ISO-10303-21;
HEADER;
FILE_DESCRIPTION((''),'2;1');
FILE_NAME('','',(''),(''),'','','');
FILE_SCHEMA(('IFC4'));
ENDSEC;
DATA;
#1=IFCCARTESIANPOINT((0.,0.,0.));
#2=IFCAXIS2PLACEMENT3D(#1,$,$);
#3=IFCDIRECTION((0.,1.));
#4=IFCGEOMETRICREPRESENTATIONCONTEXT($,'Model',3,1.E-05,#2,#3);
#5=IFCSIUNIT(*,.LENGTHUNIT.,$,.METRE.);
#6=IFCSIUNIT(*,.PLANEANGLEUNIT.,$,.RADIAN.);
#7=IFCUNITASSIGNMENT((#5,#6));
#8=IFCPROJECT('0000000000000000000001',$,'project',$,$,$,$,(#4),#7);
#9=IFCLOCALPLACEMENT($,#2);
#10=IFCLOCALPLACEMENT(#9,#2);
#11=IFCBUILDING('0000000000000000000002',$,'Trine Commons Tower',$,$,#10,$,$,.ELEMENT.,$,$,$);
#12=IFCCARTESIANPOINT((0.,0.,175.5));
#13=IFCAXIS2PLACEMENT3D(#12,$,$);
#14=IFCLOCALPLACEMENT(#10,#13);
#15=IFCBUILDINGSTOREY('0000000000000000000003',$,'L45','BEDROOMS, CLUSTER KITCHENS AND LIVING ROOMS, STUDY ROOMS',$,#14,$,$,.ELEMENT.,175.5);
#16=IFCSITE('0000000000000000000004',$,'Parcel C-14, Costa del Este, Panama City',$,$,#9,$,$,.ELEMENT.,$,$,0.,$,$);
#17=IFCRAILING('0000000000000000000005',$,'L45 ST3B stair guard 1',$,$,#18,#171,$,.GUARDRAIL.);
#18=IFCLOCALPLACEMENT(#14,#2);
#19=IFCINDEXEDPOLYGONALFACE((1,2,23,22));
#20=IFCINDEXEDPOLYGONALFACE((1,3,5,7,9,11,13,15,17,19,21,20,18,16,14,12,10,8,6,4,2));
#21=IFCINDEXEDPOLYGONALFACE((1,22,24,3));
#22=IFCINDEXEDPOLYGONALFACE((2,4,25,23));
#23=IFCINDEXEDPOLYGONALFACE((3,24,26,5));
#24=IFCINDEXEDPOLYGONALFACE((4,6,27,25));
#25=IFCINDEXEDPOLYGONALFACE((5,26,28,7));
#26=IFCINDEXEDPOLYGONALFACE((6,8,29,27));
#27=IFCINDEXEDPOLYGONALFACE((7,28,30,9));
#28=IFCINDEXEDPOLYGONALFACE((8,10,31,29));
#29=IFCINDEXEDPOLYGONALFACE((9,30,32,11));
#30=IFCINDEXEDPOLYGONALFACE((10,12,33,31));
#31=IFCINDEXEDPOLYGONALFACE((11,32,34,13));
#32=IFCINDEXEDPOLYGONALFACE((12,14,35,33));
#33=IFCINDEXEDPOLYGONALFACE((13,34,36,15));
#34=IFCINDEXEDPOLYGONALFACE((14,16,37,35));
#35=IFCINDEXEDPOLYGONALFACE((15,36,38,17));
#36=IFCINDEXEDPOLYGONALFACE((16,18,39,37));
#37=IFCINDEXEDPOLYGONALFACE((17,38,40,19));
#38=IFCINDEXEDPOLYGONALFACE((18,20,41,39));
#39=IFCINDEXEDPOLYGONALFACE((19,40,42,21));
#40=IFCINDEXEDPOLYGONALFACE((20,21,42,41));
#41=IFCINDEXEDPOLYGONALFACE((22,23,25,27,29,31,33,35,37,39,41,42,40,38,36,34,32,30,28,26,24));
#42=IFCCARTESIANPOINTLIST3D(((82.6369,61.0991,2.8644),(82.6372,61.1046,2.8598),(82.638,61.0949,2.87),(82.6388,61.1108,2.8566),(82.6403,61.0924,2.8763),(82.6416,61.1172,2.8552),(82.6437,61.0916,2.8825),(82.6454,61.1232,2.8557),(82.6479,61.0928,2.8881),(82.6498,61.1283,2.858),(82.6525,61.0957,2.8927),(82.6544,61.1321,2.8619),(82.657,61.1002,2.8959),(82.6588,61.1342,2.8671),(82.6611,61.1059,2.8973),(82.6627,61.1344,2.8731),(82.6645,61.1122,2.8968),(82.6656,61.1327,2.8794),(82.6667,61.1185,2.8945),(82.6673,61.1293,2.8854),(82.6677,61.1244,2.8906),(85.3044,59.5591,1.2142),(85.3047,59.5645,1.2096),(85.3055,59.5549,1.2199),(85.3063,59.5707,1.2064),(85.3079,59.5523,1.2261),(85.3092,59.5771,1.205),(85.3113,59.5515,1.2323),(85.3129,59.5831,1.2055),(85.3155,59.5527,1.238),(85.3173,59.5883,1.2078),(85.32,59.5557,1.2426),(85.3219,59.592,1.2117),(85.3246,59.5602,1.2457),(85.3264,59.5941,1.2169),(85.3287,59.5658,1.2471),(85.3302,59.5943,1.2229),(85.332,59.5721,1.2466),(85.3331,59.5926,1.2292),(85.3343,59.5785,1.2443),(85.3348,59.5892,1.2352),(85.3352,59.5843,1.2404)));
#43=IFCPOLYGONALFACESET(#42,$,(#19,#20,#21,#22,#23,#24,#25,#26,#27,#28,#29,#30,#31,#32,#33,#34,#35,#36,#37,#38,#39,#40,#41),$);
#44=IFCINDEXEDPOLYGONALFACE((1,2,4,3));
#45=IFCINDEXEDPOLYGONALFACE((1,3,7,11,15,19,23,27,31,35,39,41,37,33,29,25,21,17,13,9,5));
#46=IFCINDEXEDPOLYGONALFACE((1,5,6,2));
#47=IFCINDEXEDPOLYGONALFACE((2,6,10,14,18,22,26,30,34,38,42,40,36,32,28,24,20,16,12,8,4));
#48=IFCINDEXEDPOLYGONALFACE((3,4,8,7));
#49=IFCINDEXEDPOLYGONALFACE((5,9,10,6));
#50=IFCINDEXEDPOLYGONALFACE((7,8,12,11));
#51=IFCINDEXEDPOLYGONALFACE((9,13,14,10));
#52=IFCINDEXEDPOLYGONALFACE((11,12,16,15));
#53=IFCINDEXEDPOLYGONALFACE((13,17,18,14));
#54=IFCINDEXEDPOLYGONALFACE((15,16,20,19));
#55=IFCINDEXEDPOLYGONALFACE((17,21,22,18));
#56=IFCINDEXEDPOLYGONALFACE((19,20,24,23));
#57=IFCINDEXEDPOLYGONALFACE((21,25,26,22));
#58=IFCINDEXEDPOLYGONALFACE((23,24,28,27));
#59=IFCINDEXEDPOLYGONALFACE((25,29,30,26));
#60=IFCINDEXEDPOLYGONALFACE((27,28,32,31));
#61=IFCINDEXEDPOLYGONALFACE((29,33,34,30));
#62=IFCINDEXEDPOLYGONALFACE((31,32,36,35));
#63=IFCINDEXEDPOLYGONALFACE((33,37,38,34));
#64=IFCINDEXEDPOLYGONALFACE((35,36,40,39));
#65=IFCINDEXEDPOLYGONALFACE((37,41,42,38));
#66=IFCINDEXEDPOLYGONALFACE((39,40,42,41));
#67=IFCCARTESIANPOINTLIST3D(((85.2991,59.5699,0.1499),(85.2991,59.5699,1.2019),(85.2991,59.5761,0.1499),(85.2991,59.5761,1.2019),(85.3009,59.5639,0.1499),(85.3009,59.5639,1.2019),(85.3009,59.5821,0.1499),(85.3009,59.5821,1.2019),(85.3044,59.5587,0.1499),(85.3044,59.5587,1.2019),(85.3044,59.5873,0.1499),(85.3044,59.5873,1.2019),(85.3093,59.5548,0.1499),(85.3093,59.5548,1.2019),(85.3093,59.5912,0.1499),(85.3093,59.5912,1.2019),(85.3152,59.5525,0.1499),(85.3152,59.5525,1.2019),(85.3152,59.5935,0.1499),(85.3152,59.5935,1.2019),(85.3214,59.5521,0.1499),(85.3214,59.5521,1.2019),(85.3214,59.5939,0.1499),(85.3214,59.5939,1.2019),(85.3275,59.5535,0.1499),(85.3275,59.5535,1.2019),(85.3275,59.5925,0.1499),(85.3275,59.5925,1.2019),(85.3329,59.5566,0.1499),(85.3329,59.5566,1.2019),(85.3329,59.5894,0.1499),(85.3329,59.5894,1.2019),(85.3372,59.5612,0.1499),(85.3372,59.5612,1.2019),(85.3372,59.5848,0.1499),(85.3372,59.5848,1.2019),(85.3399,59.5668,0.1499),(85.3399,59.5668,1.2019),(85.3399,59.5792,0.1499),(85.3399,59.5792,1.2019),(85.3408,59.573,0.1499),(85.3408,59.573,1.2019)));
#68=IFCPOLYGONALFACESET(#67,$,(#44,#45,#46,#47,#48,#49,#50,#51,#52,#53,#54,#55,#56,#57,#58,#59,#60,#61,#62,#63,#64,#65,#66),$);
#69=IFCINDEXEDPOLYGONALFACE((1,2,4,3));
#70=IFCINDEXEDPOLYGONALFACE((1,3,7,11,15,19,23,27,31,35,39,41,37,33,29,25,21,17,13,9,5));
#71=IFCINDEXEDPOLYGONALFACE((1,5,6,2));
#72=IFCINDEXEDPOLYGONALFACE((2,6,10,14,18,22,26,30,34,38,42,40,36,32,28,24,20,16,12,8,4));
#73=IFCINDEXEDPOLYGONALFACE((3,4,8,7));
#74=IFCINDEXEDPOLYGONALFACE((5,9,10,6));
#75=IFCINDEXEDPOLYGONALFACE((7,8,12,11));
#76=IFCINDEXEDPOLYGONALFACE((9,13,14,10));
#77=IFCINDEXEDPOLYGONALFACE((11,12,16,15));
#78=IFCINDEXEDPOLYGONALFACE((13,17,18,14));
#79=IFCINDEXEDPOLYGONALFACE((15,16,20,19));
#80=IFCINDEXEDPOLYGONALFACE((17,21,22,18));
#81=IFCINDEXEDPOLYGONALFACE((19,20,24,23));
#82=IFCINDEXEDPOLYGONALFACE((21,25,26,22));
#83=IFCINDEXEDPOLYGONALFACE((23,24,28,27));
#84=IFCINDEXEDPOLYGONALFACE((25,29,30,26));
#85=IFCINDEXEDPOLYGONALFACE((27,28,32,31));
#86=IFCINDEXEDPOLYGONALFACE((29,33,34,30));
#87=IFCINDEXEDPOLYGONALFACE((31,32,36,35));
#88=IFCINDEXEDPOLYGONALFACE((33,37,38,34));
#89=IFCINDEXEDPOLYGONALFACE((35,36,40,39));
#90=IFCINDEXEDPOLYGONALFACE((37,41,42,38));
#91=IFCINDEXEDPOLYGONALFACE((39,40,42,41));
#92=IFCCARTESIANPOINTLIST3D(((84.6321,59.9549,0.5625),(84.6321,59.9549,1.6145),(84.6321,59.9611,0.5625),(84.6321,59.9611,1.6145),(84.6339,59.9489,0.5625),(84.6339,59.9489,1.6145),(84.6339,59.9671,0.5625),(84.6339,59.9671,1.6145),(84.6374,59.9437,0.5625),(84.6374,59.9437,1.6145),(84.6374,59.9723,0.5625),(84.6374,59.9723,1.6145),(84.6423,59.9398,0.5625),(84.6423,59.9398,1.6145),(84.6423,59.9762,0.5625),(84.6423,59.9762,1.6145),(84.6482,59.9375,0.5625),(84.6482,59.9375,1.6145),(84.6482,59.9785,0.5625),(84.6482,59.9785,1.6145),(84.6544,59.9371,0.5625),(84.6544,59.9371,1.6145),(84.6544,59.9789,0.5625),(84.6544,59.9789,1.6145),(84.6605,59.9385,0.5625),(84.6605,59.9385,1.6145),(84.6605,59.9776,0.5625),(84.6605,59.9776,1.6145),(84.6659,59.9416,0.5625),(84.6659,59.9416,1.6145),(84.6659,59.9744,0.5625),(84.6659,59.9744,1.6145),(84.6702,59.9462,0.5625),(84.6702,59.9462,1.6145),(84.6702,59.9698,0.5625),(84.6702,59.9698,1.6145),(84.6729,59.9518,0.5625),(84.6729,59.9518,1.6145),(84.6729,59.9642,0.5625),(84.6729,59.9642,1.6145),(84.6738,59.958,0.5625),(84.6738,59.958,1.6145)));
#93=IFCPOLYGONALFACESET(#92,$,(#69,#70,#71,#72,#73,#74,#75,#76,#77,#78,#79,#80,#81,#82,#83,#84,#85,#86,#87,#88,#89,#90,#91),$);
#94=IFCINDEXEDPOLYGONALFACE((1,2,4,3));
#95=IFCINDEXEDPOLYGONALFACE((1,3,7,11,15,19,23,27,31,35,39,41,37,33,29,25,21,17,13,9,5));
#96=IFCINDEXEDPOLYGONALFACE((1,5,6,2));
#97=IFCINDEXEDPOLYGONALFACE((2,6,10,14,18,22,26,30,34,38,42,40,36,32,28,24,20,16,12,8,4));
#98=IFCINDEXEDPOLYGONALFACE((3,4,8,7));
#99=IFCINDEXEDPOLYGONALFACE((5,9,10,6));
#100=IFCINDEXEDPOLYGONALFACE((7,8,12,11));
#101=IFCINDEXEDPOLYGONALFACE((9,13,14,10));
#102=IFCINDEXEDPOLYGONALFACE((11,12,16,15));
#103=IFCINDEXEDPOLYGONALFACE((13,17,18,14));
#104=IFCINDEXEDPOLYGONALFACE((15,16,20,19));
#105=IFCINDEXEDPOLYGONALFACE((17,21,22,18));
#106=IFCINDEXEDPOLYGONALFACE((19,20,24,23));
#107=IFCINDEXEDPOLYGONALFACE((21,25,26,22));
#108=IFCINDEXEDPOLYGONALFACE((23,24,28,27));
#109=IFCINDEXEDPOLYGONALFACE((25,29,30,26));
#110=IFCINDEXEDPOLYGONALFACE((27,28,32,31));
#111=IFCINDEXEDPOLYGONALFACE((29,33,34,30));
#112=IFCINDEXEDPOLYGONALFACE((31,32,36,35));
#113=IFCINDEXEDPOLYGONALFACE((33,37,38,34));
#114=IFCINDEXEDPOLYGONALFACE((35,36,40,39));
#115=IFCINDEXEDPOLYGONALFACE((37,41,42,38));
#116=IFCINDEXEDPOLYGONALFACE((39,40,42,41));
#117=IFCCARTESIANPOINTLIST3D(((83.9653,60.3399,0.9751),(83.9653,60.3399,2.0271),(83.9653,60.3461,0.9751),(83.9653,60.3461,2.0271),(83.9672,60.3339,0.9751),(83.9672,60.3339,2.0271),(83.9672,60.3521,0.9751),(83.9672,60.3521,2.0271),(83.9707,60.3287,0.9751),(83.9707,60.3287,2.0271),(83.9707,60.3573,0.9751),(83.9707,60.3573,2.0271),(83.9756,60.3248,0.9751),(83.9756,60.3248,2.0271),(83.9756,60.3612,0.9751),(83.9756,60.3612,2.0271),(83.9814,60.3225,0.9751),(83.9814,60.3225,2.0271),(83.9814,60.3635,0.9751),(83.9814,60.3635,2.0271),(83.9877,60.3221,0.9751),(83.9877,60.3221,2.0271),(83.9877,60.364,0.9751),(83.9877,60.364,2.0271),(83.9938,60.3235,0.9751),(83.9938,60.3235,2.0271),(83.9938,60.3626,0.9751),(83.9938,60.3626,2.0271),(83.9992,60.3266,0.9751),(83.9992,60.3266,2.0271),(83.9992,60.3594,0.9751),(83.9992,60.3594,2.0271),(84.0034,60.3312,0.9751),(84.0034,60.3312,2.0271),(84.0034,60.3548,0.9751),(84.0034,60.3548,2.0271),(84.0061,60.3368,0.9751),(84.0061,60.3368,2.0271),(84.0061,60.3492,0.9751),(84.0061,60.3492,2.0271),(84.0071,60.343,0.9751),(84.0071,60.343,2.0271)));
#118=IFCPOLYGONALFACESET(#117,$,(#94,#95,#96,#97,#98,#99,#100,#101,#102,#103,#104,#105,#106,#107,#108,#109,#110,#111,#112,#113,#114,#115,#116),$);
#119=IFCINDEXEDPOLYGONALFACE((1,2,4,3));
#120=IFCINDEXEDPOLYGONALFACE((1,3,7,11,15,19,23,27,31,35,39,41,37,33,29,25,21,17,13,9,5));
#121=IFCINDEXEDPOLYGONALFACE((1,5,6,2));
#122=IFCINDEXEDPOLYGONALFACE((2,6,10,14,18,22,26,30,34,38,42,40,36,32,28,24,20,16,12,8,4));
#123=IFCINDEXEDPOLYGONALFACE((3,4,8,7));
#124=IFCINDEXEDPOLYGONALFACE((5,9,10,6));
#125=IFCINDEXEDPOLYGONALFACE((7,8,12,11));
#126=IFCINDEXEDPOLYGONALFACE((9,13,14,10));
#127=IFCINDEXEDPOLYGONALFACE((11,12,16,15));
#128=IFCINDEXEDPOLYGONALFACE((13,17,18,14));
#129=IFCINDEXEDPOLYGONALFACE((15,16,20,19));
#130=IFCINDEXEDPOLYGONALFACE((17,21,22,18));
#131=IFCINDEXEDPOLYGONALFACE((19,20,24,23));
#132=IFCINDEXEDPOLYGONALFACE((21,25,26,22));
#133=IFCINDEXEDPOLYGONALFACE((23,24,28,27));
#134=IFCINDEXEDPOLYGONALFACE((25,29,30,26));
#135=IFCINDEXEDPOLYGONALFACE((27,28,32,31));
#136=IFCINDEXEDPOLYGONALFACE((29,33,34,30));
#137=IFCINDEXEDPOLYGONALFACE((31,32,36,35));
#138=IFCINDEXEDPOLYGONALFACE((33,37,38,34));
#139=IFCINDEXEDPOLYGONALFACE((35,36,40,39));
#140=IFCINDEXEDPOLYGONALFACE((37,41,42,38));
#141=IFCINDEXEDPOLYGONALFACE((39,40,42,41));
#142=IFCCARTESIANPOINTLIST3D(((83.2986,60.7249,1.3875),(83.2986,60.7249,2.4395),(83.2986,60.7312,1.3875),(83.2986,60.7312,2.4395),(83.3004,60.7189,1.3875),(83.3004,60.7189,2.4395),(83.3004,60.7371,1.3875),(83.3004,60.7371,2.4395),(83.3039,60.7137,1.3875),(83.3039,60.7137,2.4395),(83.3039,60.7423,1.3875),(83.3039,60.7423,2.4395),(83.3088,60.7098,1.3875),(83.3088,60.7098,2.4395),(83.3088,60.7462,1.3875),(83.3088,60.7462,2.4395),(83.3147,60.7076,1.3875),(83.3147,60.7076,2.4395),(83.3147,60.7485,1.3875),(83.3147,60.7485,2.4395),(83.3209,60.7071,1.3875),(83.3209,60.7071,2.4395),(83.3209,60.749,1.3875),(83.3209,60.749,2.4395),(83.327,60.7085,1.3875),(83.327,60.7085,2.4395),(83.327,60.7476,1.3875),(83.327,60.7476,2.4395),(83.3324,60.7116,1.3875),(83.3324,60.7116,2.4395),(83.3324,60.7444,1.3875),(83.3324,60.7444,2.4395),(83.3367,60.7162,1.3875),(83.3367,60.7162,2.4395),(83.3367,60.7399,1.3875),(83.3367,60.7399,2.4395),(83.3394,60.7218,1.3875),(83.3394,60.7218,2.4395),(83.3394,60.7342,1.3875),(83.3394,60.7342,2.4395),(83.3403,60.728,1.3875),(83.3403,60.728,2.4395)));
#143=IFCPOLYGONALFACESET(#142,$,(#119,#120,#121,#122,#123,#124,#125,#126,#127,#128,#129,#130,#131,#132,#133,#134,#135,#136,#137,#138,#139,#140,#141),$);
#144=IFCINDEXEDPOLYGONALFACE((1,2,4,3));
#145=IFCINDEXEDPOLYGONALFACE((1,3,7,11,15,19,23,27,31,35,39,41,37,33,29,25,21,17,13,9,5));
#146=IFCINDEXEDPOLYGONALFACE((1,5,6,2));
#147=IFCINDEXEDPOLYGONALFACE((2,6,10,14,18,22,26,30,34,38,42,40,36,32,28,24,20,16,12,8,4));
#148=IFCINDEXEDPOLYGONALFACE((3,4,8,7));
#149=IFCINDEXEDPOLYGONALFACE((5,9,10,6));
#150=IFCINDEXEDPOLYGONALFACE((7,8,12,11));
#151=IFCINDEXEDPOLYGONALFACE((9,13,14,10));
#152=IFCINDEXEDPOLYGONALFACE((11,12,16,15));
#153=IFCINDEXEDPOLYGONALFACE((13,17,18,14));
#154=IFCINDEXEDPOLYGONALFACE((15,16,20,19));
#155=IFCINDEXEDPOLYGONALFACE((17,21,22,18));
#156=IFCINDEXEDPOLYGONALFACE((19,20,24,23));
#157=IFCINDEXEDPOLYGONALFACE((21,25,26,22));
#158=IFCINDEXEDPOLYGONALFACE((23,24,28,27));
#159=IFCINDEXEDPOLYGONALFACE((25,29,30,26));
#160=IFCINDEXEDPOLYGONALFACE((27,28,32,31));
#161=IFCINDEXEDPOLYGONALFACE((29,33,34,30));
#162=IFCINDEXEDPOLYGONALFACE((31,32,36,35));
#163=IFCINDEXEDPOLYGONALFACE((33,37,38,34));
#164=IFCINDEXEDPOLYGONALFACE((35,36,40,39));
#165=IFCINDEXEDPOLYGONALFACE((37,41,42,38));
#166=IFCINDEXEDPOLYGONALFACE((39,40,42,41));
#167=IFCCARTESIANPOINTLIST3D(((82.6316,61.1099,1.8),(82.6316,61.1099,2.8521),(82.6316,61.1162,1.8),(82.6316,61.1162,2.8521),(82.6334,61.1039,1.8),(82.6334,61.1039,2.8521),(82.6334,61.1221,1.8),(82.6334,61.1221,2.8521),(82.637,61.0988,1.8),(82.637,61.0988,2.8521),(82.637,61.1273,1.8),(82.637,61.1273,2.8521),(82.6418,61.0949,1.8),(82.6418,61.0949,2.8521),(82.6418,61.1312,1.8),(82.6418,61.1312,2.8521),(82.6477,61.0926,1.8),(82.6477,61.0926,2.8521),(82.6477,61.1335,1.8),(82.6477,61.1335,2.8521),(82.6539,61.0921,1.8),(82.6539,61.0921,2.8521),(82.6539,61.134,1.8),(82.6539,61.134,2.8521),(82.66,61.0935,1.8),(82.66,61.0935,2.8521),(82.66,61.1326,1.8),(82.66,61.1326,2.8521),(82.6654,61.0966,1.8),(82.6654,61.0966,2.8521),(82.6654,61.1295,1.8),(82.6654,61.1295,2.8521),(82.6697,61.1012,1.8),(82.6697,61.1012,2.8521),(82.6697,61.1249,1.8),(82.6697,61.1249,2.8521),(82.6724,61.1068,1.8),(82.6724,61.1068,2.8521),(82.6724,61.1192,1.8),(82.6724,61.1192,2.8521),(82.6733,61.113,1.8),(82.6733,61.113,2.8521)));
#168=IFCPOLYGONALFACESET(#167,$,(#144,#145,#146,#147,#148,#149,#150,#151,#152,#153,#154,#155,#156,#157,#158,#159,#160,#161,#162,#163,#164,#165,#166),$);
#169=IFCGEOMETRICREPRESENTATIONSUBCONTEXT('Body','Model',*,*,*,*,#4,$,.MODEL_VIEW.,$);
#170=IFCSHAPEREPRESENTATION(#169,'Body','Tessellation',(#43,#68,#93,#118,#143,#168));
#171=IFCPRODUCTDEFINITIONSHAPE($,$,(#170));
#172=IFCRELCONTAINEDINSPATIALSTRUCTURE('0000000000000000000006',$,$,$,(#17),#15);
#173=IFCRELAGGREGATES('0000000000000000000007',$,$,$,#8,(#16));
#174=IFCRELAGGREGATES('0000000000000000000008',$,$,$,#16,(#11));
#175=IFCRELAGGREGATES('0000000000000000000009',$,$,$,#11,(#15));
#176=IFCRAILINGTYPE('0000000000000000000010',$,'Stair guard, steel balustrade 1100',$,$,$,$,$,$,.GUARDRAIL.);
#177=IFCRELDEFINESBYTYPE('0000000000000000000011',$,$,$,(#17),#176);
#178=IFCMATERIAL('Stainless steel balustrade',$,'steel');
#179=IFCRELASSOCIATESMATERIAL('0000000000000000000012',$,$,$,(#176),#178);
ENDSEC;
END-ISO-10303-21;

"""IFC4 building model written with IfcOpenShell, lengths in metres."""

from ifc_helpers import new_model, si_unit, direction, frame, origin, origin_2d, place, context, subcontext, project, spatial, circle, extrude, material, type_object, element, save


model = new_model("IFC4")

# Units and contexts
model_context = context("Model", 3, precision=1e-05, world=origin(), true_north=direction((0.0, 1.0)))
body_context = subcontext(model_context, "Body", "Model", "MODEL_VIEW")
ifc_project = project(units=[si_unit("LENGTHUNIT", "METRE"), si_unit("PLANEANGLEUNIT", "RADIAN")], contexts=[model_context])

# Site, building, storey
site_placement = place(None, origin())
site = spatial("IfcSite", under=ifc_project, at=site_placement, Name="Parcel C-14, Costa del Este, Panama City", CompositionType="ELEMENT", RefElevation=0.0)
building_placement = place(site_placement, origin())
building = spatial("IfcBuilding", under=site, at=building_placement, Name="Trine Commons Tower", CompositionType="ELEMENT")
storey_placement = place(building_placement, frame((0.0, 0.0, 175.5)))
storey = spatial("IfcBuildingStorey", under=building, at=storey_placement, Name="L45", Description="BEDROOMS, CLUSTER KITCHENS AND LIVING ROOMS, STUDY ROOMS", CompositionType="ELEMENT", Elevation=175.5)

# Railing
ifc_material_1 = material(Name="Stainless steel balustrade", Category="steel")
railing_type_1 = type_object("IfcRailingType", Name="Stair guard, steel balustrade 1100", PredefinedType="GUARDRAIL", material=ifc_material_1)
railing_1_placement = place(storey_placement, frame((85.3198, 59.573, 0.1499)))
element("IfcRailing", 1, at=railing_1_placement, inside=storey, type_object=railing_type_1, Name="L45 ST3B stair guard 1", PredefinedType="GUARDRAIL", context=body_context, shape_type="SweptSolid", body=[
    extrude(circle(Radius=0.0239, at=origin_2d()), frame((0.0, 0.0, 1.0762), z_axis=(-0.76338, 0.440728, 0.472239), x_axis=(-0.499992, -0.86603, 0.0)), (0.0, 0.0, 1.0), 3.4944),
    extrude(circle(Radius=0.021, at=origin_2d()), origin(), (0.0, 0.0, 1.0), 1.052),
    extrude(circle(Radius=0.021, at=origin_2d()), frame((-0.667, 0.385, 0.4126)), (0.0, 0.0, 1.0), 1.052),
    extrude(circle(Radius=0.021, at=origin_2d()), frame((-1.3337, 0.77, 0.8252)), (0.0, 0.0, 1.0), 1.052),
    extrude(circle(Radius=0.021, at=origin_2d()), frame((-2.0005, 1.155, 1.2375)), (0.0, 0.0, 1.0), 1.052),
    extrude(circle(Radius=0.021, at=origin_2d()), frame((-2.6675, 1.54, 1.6501)), (0.0, 0.0, 1.0), 1.052),
])

save(model, "model.ifc")
